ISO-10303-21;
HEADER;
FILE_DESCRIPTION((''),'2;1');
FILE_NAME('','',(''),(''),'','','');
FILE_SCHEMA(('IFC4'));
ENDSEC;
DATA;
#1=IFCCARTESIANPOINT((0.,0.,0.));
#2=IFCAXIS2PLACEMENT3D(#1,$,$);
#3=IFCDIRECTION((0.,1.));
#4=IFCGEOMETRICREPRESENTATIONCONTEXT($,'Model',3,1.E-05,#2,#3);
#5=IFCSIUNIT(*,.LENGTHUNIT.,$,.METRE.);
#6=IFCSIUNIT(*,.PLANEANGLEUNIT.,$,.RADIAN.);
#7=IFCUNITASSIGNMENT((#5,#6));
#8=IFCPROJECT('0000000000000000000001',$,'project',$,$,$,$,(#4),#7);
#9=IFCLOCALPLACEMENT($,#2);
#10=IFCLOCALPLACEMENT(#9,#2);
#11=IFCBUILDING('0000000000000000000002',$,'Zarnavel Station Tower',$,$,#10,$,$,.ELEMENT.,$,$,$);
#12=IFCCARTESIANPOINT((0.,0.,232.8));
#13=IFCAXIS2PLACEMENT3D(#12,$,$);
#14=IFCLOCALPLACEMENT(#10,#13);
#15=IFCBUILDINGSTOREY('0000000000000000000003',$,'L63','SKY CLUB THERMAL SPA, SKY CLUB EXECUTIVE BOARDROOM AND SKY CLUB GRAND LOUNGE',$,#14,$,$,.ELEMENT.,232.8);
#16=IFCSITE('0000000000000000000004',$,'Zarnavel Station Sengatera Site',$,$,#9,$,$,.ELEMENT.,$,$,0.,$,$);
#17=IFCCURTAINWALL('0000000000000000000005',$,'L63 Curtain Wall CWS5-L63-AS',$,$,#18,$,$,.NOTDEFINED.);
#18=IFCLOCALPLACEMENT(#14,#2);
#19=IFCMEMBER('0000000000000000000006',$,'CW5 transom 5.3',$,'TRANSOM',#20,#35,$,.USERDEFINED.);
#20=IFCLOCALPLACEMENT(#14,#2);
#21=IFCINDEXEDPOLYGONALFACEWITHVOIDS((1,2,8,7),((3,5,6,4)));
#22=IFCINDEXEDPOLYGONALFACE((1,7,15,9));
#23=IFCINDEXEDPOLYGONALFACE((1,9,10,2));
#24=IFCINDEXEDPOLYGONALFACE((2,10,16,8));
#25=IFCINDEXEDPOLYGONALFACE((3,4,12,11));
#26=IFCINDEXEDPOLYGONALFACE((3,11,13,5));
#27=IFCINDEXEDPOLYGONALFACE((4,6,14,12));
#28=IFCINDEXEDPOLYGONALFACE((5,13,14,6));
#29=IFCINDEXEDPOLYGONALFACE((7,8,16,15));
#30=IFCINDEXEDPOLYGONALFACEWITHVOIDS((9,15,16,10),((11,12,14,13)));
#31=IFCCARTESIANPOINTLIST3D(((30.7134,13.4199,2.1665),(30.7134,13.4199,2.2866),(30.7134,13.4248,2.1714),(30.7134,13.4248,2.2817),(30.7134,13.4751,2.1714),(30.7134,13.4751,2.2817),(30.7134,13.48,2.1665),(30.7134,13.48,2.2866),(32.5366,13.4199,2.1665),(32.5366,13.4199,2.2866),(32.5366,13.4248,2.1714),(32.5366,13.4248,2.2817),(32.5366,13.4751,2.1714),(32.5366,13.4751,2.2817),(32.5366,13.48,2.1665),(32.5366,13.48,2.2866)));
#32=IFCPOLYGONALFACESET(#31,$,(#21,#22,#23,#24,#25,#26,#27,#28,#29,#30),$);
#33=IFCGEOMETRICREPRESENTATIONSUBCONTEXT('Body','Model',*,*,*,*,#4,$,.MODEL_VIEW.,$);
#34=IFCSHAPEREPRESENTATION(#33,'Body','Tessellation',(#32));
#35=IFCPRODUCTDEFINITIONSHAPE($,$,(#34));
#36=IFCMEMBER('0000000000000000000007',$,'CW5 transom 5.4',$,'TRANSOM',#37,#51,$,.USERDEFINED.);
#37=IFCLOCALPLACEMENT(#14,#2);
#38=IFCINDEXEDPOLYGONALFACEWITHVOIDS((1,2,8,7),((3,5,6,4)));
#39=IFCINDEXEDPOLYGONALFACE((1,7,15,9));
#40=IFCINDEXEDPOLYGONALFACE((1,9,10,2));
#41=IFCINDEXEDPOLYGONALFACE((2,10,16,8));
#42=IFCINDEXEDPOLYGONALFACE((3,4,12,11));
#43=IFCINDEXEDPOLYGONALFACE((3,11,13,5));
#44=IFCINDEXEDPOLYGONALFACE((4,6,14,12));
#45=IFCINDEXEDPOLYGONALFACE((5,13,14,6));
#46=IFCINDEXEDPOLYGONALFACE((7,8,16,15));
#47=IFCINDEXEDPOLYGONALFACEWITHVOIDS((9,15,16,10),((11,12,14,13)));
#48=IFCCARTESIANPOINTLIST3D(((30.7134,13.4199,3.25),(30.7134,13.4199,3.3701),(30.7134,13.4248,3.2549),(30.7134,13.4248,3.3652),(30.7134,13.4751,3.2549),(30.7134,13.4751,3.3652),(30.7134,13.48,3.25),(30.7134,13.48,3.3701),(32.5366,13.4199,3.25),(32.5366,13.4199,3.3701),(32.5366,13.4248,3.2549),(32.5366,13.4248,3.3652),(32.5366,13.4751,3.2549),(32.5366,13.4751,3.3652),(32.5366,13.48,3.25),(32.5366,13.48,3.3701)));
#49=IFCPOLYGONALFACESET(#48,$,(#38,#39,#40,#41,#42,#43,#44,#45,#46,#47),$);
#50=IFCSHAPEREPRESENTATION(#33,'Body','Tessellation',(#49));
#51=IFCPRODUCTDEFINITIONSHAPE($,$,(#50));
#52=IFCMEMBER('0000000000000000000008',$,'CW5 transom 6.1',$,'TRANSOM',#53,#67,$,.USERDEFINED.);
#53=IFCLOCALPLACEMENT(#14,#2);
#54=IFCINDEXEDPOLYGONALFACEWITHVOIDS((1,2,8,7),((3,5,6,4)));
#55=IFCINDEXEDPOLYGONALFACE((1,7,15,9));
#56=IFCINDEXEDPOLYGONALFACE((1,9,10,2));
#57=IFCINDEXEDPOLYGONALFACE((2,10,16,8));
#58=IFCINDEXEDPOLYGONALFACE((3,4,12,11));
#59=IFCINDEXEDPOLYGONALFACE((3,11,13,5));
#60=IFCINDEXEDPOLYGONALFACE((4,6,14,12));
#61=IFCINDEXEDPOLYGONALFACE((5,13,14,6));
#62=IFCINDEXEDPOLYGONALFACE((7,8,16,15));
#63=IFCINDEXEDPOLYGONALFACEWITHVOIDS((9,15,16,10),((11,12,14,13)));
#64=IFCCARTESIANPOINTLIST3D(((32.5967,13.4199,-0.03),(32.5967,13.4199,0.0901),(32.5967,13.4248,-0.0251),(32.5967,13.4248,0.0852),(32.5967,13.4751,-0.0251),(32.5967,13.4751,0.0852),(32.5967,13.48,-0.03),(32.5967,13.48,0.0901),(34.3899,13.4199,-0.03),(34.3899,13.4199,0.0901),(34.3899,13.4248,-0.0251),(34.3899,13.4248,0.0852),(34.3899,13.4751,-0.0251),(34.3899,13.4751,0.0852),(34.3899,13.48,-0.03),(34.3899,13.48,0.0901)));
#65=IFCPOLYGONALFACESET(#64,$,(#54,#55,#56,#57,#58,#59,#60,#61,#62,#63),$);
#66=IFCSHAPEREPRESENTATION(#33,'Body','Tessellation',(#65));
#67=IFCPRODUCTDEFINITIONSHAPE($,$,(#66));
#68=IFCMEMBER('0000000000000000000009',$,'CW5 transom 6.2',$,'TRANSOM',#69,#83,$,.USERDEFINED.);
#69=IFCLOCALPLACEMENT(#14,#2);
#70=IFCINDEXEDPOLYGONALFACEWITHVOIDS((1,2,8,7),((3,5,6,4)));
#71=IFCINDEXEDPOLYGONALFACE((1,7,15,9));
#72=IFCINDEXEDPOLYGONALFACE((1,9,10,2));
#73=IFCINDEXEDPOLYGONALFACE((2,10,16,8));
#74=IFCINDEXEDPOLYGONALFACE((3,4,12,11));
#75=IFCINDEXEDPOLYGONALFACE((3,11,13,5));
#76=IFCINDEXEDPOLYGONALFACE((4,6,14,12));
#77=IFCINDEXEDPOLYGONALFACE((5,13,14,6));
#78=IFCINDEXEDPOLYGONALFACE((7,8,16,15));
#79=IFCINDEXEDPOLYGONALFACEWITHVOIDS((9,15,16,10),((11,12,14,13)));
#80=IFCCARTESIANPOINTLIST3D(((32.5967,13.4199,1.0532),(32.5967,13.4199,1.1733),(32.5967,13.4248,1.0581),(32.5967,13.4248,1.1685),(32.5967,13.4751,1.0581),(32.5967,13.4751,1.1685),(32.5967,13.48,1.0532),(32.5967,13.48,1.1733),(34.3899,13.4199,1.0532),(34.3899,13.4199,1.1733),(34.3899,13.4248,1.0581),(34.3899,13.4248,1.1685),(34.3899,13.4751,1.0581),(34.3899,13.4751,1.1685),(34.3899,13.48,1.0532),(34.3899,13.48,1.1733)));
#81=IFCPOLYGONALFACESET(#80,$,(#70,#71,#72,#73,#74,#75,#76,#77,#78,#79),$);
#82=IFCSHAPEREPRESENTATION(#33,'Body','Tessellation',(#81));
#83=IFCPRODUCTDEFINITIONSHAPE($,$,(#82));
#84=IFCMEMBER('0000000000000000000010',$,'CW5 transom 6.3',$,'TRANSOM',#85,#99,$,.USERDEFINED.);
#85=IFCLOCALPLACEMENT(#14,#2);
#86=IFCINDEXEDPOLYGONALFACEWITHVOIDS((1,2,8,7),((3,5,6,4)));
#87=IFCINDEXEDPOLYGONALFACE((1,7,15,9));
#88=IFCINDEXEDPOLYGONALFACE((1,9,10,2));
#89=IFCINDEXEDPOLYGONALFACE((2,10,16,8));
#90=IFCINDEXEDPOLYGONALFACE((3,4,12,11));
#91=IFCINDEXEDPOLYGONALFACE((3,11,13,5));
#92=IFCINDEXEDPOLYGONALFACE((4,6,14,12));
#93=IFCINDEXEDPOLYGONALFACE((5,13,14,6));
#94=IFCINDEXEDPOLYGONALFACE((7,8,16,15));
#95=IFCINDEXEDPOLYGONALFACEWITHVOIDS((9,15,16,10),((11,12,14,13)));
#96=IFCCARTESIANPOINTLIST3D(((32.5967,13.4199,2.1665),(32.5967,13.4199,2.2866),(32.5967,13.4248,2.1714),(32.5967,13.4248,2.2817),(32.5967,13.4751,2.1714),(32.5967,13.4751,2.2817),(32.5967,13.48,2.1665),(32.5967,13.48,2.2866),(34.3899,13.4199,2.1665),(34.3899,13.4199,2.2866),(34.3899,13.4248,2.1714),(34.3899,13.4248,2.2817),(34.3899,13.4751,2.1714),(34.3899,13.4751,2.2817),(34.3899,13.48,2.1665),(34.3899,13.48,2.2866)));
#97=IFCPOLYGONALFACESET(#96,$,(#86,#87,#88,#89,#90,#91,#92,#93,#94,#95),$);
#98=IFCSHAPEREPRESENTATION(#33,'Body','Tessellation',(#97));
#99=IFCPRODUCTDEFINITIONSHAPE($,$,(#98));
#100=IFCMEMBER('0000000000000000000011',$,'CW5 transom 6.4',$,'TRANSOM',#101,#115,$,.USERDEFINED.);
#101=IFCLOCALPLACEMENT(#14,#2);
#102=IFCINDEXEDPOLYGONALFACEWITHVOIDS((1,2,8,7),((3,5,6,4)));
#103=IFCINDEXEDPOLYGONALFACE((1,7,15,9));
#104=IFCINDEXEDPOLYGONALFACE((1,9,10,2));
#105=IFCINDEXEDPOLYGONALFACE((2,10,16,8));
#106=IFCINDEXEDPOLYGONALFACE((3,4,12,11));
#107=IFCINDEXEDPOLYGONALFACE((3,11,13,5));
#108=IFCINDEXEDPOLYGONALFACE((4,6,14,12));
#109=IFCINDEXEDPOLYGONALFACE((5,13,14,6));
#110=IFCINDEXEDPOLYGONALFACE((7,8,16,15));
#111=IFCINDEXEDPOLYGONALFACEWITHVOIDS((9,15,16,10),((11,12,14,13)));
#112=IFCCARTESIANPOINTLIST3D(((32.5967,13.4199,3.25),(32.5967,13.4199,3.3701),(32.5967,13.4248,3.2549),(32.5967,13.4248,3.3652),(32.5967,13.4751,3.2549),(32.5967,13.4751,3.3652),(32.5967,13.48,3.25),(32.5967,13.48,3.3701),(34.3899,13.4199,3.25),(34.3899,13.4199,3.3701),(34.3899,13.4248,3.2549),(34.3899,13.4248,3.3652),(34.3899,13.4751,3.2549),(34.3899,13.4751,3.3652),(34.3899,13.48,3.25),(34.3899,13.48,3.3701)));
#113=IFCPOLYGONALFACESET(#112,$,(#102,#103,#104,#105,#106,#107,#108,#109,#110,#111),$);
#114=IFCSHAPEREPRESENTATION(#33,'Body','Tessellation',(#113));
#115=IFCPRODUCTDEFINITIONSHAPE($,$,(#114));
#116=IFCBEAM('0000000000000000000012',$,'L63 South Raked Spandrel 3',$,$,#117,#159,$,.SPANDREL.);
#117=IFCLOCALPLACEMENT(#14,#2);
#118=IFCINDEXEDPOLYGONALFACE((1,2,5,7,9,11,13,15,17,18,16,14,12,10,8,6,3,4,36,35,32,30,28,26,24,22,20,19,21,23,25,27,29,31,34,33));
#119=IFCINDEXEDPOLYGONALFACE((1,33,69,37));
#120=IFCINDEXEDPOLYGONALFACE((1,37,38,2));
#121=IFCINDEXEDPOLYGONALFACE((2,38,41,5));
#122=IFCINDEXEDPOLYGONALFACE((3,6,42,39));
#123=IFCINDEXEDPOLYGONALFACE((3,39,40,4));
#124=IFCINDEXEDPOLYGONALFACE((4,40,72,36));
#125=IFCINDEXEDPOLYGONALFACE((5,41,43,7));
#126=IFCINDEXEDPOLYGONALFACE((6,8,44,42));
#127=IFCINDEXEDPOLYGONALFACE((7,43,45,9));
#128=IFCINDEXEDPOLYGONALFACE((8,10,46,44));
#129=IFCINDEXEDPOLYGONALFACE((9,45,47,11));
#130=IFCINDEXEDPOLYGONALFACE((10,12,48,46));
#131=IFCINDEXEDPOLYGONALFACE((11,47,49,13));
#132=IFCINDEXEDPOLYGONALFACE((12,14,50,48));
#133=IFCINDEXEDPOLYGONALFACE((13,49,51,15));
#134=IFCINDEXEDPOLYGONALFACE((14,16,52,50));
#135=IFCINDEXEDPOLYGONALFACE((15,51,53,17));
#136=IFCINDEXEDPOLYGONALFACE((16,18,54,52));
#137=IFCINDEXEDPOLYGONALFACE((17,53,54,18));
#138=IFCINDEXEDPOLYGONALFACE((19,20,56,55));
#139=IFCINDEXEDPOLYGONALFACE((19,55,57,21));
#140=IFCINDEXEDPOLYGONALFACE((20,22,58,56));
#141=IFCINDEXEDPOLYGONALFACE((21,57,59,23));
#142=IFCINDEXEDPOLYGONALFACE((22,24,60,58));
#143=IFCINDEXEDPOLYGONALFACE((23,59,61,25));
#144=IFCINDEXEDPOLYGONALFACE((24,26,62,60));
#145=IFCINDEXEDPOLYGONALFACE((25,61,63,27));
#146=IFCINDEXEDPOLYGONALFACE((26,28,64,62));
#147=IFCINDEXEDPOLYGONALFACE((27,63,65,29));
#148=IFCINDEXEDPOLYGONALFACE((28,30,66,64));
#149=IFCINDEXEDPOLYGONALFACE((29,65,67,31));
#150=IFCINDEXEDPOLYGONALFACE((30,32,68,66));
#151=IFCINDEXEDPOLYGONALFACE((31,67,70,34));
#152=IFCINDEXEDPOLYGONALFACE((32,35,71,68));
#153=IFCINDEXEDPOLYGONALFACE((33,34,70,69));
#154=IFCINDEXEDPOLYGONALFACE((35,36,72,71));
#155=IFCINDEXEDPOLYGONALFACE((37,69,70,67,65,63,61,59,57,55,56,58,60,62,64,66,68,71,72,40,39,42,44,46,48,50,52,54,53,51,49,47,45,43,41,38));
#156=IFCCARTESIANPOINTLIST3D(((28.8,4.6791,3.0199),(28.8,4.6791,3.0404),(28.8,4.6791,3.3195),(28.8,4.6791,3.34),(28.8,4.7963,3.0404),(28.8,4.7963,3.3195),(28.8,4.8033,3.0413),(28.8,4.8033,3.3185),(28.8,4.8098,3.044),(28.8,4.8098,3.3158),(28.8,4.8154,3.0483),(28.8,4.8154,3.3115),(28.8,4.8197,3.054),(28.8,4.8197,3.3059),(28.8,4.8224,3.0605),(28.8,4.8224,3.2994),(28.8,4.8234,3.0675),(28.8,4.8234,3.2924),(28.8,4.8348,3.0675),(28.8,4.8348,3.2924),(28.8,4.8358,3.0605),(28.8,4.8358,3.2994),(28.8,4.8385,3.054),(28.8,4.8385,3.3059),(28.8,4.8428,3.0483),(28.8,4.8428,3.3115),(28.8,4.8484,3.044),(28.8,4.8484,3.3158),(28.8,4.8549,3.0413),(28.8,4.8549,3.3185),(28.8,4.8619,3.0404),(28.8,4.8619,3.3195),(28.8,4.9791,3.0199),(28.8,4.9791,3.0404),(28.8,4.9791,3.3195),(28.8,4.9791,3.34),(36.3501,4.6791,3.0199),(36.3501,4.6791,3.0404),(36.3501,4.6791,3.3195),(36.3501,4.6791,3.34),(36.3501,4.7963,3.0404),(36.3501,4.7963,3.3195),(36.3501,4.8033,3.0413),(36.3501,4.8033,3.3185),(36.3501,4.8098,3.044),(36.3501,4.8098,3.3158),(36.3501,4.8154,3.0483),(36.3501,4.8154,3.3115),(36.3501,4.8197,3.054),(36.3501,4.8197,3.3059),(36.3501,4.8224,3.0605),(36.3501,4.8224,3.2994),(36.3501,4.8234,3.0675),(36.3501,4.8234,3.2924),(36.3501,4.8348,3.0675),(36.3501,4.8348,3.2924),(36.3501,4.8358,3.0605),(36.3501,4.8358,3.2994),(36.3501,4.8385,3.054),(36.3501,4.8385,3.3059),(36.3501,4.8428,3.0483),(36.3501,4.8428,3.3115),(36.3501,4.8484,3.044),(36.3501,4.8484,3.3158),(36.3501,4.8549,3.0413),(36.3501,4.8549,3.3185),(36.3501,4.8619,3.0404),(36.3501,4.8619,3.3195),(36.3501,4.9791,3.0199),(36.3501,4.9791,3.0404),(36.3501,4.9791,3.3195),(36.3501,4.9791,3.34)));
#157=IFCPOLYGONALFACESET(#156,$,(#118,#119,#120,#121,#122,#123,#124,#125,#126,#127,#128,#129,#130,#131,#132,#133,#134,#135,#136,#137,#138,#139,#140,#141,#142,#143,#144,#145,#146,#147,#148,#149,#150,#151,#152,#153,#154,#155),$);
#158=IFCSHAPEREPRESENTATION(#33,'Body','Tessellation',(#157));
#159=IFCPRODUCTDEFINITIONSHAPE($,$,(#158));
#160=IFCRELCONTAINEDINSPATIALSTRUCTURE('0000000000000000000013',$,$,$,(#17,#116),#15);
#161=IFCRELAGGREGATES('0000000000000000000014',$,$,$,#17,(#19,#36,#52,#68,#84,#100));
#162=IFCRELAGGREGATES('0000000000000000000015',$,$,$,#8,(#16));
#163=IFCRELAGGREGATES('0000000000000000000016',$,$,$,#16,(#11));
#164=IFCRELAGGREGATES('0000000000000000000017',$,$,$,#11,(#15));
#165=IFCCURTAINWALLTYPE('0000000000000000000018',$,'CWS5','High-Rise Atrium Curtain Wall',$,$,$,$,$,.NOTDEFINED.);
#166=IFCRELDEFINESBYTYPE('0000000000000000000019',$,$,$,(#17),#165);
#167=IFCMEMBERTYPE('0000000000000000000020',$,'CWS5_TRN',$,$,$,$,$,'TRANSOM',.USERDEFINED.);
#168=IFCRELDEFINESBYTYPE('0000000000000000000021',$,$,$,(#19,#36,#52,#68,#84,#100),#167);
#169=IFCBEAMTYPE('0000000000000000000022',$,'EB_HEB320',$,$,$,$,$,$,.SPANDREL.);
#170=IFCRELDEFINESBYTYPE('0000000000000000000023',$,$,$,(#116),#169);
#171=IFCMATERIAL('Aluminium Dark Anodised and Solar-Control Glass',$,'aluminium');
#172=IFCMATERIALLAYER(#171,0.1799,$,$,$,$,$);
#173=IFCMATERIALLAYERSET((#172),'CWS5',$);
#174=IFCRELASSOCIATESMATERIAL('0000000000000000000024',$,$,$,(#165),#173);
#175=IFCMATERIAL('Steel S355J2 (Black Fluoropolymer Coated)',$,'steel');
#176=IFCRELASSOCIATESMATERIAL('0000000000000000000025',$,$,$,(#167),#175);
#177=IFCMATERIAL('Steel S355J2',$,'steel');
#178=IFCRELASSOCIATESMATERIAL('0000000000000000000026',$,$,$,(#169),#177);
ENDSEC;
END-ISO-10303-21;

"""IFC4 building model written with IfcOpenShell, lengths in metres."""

from ifc_helpers import new_model, si_unit, direction, frame, origin, origin_2d, place, context, subcontext, project, spatial, hollow_rectangle, i_section, extrude, material, layer, layer_set, material_profile, profile_set, type_object, element, aggregate, save


model = new_model("IFC4")

# Units and contexts
model_context = context("Model", 3, precision=1e-05, world=origin(), true_north=direction((0.0, 1.0)))
body_context = subcontext(model_context, "Body", "Model", "MODEL_VIEW")
ifc_project = project(units=[si_unit("LENGTHUNIT", "METRE"), si_unit("PLANEANGLEUNIT", "RADIAN")], contexts=[model_context])

# Site, building, storey
site_placement = place(None, origin())
site = spatial("IfcSite", under=ifc_project, at=site_placement, Name="Zarnavel Station Sengatera Site", CompositionType="ELEMENT", RefElevation=0.0)
building_placement = place(site_placement, origin())
building = spatial("IfcBuilding", under=site, at=building_placement, Name="Zarnavel Station Tower", CompositionType="ELEMENT")
storey_placement = place(building_placement, frame((0.0, 0.0, 232.8)))
storey = spatial("IfcBuildingStorey", under=building, at=storey_placement, Name="L63", Description="SKY CLUB THERMAL SPA, SKY CLUB EXECUTIVE BOARDROOM AND SKY CLUB GRAND LOUNGE", CompositionType="ELEMENT", Elevation=232.8)

# Curtain wall, members
ifc_material_1 = material(Name="Aluminium Dark Anodised and Solar-Control Glass", Category="aluminium")
ifc_layer_1 = layer(ifc_material_1, 0.1799)
ifc_layer_set_1 = layer_set([ifc_layer_1], Name="CWS5")
curtain_wall_type = type_object("IfcCurtainWallType", Name="CWS5", Description="High-Rise Atrium Curtain Wall", PredefinedType="NOTDEFINED", material=ifc_layer_set_1)
curtain_wall_placement = place(storey_placement, origin())
curtain_wall = element("IfcCurtainWall", 1, at=curtain_wall_placement, inside=storey, type_object=curtain_wall_type, Name="L63 Curtain Wall CWS5-L63-AS", PredefinedType="NOTDEFINED")
ifc_material_2 = material(Name="Steel S355J2 (Black Fluoropolymer Coated)", Category="steel")
ifc_material_profile_1 = material_profile(ifc_material_2, hollow_rectangle(XDim=0.0601, YDim=0.1201, WallThickness=0.0049, at=origin_2d()), Name="RHS120x60x5")
ifc_profile_set_1 = profile_set([ifc_material_profile_1], Name="Steel S355J2 (Black Fluoropolymer Coated)")
member_type_1 = type_object("IfcMemberType", Name="CWS5_TRN", ElementType="TRANSOM", PredefinedType="USERDEFINED", material=ifc_profile_set_1)
member_1_placement = place(storey_placement, frame((30.7134, 13.45, 2.2266), z_axis=(1.0, 0.0, 0.0), x_axis=(0.0, 1.0, 0.0)))
member_1 = element("IfcMember", 2, at=member_1_placement, type_object=member_type_1, Name="CW5 transom 5.3", ObjectType="TRANSOM", PredefinedType="USERDEFINED", context=body_context, shape_type="SweptSolid", body=[
    extrude(hollow_rectangle(XDim=0.0601, YDim=0.1201, WallThickness=0.0049, at=origin_2d()), origin(), (0.0, 0.0, 1.0), 1.8232),
])
member_2_placement = place(storey_placement, frame((30.7134, 13.45, 3.3101), z_axis=(1.0, 0.0, 0.0), x_axis=(0.0, 1.0, 0.0)))
member_2 = element("IfcMember", 3, at=member_2_placement, type_object=member_type_1, Name="CW5 transom 5.4", ObjectType="TRANSOM", PredefinedType="USERDEFINED", context=body_context, shape_type="SweptSolid", body=[
    extrude(hollow_rectangle(XDim=0.0601, YDim=0.1201, WallThickness=0.0049, at=origin_2d()), origin(), (0.0, 0.0, 1.0), 1.8232),
])
member_3_placement = place(storey_placement, frame((32.5967, 13.45, 0.03), z_axis=(1.0, 0.0, 0.0), x_axis=(0.0, 1.0, 0.0)))
member_3 = element("IfcMember", 4, at=member_3_placement, type_object=member_type_1, Name="CW5 transom 6.1", ObjectType="TRANSOM", PredefinedType="USERDEFINED", context=body_context, shape_type="SweptSolid", body=[
    extrude(hollow_rectangle(XDim=0.0601, YDim=0.1201, WallThickness=0.0049, at=origin_2d()), origin(), (0.0, 0.0, 1.0), 1.7932),
])
member_4_placement = place(storey_placement, frame((32.5967, 13.45, 1.1133), z_axis=(1.0, 0.0, 0.0), x_axis=(0.0, 1.0, 0.0)))
member_4 = element("IfcMember", 5, at=member_4_placement, type_object=member_type_1, Name="CW5 transom 6.2", ObjectType="TRANSOM", PredefinedType="USERDEFINED", context=body_context, shape_type="SweptSolid", body=[
    extrude(hollow_rectangle(XDim=0.0601, YDim=0.1201, WallThickness=0.0049, at=origin_2d()), origin(), (0.0, 0.0, 1.0), 1.7932),
])
member_5_placement = place(storey_placement, frame((32.5967, 13.45, 2.2266), z_axis=(1.0, 0.0, 0.0), x_axis=(0.0, 1.0, 0.0)))
member_5 = element("IfcMember", 6, at=member_5_placement, type_object=member_type_1, Name="CW5 transom 6.3", ObjectType="TRANSOM", PredefinedType="USERDEFINED", context=body_context, shape_type="SweptSolid", body=[
    extrude(hollow_rectangle(XDim=0.0601, YDim=0.1201, WallThickness=0.0049, at=origin_2d()), origin(), (0.0, 0.0, 1.0), 1.7932),
])
member_6_placement = place(storey_placement, frame((32.5967, 13.45, 3.3101), z_axis=(1.0, 0.0, 0.0), x_axis=(0.0, 1.0, 0.0)))
member_6 = element("IfcMember", 7, at=member_6_placement, type_object=member_type_1, Name="CW5 transom 6.4", ObjectType="TRANSOM", PredefinedType="USERDEFINED", context=body_context, shape_type="SweptSolid", body=[
    extrude(hollow_rectangle(XDim=0.0601, YDim=0.1201, WallThickness=0.0049, at=origin_2d()), origin(), (0.0, 0.0, 1.0), 1.7932),
])

# Beam
ifc_material_3 = material(Name="Steel S355J2", Category="steel")
ifc_material_profile_2 = material_profile(ifc_material_3, i_section(OverallWidth=0.3, OverallDepth=0.3201, WebThickness=0.0115, FlangeThickness=0.0205, FilletRadius=0.0271, at=origin_2d()), Name="HEB320")
ifc_profile_set_2 = profile_set([ifc_material_profile_2], Name="Steel S355J2")
beam_type_1 = type_object("IfcBeamType", Name="EB_HEB320", PredefinedType="SPANDREL", material=ifc_profile_set_2)
beam_1_placement = place(storey_placement, frame((28.8, 4.8291, 3.1799), z_axis=(1.0, 0.0, 0.0), x_axis=(0.0, 1.0, 0.0)))
element("IfcBeam", 8, at=beam_1_placement, inside=storey, type_object=beam_type_1, Name="L63 South Raked Spandrel 3", PredefinedType="SPANDREL", context=body_context, shape_type="SweptSolid", body=[
    extrude(i_section(OverallWidth=0.3, OverallDepth=0.3201, WebThickness=0.0115, FlangeThickness=0.0205, FilletRadius=0.0271, at=origin_2d()), origin(), (0.0, 0.0, 1.0), 7.55),
])

aggregate(curtain_wall, [member_1, member_2, member_3, member_4, member_5, member_6])

save(model, "model.ifc")
